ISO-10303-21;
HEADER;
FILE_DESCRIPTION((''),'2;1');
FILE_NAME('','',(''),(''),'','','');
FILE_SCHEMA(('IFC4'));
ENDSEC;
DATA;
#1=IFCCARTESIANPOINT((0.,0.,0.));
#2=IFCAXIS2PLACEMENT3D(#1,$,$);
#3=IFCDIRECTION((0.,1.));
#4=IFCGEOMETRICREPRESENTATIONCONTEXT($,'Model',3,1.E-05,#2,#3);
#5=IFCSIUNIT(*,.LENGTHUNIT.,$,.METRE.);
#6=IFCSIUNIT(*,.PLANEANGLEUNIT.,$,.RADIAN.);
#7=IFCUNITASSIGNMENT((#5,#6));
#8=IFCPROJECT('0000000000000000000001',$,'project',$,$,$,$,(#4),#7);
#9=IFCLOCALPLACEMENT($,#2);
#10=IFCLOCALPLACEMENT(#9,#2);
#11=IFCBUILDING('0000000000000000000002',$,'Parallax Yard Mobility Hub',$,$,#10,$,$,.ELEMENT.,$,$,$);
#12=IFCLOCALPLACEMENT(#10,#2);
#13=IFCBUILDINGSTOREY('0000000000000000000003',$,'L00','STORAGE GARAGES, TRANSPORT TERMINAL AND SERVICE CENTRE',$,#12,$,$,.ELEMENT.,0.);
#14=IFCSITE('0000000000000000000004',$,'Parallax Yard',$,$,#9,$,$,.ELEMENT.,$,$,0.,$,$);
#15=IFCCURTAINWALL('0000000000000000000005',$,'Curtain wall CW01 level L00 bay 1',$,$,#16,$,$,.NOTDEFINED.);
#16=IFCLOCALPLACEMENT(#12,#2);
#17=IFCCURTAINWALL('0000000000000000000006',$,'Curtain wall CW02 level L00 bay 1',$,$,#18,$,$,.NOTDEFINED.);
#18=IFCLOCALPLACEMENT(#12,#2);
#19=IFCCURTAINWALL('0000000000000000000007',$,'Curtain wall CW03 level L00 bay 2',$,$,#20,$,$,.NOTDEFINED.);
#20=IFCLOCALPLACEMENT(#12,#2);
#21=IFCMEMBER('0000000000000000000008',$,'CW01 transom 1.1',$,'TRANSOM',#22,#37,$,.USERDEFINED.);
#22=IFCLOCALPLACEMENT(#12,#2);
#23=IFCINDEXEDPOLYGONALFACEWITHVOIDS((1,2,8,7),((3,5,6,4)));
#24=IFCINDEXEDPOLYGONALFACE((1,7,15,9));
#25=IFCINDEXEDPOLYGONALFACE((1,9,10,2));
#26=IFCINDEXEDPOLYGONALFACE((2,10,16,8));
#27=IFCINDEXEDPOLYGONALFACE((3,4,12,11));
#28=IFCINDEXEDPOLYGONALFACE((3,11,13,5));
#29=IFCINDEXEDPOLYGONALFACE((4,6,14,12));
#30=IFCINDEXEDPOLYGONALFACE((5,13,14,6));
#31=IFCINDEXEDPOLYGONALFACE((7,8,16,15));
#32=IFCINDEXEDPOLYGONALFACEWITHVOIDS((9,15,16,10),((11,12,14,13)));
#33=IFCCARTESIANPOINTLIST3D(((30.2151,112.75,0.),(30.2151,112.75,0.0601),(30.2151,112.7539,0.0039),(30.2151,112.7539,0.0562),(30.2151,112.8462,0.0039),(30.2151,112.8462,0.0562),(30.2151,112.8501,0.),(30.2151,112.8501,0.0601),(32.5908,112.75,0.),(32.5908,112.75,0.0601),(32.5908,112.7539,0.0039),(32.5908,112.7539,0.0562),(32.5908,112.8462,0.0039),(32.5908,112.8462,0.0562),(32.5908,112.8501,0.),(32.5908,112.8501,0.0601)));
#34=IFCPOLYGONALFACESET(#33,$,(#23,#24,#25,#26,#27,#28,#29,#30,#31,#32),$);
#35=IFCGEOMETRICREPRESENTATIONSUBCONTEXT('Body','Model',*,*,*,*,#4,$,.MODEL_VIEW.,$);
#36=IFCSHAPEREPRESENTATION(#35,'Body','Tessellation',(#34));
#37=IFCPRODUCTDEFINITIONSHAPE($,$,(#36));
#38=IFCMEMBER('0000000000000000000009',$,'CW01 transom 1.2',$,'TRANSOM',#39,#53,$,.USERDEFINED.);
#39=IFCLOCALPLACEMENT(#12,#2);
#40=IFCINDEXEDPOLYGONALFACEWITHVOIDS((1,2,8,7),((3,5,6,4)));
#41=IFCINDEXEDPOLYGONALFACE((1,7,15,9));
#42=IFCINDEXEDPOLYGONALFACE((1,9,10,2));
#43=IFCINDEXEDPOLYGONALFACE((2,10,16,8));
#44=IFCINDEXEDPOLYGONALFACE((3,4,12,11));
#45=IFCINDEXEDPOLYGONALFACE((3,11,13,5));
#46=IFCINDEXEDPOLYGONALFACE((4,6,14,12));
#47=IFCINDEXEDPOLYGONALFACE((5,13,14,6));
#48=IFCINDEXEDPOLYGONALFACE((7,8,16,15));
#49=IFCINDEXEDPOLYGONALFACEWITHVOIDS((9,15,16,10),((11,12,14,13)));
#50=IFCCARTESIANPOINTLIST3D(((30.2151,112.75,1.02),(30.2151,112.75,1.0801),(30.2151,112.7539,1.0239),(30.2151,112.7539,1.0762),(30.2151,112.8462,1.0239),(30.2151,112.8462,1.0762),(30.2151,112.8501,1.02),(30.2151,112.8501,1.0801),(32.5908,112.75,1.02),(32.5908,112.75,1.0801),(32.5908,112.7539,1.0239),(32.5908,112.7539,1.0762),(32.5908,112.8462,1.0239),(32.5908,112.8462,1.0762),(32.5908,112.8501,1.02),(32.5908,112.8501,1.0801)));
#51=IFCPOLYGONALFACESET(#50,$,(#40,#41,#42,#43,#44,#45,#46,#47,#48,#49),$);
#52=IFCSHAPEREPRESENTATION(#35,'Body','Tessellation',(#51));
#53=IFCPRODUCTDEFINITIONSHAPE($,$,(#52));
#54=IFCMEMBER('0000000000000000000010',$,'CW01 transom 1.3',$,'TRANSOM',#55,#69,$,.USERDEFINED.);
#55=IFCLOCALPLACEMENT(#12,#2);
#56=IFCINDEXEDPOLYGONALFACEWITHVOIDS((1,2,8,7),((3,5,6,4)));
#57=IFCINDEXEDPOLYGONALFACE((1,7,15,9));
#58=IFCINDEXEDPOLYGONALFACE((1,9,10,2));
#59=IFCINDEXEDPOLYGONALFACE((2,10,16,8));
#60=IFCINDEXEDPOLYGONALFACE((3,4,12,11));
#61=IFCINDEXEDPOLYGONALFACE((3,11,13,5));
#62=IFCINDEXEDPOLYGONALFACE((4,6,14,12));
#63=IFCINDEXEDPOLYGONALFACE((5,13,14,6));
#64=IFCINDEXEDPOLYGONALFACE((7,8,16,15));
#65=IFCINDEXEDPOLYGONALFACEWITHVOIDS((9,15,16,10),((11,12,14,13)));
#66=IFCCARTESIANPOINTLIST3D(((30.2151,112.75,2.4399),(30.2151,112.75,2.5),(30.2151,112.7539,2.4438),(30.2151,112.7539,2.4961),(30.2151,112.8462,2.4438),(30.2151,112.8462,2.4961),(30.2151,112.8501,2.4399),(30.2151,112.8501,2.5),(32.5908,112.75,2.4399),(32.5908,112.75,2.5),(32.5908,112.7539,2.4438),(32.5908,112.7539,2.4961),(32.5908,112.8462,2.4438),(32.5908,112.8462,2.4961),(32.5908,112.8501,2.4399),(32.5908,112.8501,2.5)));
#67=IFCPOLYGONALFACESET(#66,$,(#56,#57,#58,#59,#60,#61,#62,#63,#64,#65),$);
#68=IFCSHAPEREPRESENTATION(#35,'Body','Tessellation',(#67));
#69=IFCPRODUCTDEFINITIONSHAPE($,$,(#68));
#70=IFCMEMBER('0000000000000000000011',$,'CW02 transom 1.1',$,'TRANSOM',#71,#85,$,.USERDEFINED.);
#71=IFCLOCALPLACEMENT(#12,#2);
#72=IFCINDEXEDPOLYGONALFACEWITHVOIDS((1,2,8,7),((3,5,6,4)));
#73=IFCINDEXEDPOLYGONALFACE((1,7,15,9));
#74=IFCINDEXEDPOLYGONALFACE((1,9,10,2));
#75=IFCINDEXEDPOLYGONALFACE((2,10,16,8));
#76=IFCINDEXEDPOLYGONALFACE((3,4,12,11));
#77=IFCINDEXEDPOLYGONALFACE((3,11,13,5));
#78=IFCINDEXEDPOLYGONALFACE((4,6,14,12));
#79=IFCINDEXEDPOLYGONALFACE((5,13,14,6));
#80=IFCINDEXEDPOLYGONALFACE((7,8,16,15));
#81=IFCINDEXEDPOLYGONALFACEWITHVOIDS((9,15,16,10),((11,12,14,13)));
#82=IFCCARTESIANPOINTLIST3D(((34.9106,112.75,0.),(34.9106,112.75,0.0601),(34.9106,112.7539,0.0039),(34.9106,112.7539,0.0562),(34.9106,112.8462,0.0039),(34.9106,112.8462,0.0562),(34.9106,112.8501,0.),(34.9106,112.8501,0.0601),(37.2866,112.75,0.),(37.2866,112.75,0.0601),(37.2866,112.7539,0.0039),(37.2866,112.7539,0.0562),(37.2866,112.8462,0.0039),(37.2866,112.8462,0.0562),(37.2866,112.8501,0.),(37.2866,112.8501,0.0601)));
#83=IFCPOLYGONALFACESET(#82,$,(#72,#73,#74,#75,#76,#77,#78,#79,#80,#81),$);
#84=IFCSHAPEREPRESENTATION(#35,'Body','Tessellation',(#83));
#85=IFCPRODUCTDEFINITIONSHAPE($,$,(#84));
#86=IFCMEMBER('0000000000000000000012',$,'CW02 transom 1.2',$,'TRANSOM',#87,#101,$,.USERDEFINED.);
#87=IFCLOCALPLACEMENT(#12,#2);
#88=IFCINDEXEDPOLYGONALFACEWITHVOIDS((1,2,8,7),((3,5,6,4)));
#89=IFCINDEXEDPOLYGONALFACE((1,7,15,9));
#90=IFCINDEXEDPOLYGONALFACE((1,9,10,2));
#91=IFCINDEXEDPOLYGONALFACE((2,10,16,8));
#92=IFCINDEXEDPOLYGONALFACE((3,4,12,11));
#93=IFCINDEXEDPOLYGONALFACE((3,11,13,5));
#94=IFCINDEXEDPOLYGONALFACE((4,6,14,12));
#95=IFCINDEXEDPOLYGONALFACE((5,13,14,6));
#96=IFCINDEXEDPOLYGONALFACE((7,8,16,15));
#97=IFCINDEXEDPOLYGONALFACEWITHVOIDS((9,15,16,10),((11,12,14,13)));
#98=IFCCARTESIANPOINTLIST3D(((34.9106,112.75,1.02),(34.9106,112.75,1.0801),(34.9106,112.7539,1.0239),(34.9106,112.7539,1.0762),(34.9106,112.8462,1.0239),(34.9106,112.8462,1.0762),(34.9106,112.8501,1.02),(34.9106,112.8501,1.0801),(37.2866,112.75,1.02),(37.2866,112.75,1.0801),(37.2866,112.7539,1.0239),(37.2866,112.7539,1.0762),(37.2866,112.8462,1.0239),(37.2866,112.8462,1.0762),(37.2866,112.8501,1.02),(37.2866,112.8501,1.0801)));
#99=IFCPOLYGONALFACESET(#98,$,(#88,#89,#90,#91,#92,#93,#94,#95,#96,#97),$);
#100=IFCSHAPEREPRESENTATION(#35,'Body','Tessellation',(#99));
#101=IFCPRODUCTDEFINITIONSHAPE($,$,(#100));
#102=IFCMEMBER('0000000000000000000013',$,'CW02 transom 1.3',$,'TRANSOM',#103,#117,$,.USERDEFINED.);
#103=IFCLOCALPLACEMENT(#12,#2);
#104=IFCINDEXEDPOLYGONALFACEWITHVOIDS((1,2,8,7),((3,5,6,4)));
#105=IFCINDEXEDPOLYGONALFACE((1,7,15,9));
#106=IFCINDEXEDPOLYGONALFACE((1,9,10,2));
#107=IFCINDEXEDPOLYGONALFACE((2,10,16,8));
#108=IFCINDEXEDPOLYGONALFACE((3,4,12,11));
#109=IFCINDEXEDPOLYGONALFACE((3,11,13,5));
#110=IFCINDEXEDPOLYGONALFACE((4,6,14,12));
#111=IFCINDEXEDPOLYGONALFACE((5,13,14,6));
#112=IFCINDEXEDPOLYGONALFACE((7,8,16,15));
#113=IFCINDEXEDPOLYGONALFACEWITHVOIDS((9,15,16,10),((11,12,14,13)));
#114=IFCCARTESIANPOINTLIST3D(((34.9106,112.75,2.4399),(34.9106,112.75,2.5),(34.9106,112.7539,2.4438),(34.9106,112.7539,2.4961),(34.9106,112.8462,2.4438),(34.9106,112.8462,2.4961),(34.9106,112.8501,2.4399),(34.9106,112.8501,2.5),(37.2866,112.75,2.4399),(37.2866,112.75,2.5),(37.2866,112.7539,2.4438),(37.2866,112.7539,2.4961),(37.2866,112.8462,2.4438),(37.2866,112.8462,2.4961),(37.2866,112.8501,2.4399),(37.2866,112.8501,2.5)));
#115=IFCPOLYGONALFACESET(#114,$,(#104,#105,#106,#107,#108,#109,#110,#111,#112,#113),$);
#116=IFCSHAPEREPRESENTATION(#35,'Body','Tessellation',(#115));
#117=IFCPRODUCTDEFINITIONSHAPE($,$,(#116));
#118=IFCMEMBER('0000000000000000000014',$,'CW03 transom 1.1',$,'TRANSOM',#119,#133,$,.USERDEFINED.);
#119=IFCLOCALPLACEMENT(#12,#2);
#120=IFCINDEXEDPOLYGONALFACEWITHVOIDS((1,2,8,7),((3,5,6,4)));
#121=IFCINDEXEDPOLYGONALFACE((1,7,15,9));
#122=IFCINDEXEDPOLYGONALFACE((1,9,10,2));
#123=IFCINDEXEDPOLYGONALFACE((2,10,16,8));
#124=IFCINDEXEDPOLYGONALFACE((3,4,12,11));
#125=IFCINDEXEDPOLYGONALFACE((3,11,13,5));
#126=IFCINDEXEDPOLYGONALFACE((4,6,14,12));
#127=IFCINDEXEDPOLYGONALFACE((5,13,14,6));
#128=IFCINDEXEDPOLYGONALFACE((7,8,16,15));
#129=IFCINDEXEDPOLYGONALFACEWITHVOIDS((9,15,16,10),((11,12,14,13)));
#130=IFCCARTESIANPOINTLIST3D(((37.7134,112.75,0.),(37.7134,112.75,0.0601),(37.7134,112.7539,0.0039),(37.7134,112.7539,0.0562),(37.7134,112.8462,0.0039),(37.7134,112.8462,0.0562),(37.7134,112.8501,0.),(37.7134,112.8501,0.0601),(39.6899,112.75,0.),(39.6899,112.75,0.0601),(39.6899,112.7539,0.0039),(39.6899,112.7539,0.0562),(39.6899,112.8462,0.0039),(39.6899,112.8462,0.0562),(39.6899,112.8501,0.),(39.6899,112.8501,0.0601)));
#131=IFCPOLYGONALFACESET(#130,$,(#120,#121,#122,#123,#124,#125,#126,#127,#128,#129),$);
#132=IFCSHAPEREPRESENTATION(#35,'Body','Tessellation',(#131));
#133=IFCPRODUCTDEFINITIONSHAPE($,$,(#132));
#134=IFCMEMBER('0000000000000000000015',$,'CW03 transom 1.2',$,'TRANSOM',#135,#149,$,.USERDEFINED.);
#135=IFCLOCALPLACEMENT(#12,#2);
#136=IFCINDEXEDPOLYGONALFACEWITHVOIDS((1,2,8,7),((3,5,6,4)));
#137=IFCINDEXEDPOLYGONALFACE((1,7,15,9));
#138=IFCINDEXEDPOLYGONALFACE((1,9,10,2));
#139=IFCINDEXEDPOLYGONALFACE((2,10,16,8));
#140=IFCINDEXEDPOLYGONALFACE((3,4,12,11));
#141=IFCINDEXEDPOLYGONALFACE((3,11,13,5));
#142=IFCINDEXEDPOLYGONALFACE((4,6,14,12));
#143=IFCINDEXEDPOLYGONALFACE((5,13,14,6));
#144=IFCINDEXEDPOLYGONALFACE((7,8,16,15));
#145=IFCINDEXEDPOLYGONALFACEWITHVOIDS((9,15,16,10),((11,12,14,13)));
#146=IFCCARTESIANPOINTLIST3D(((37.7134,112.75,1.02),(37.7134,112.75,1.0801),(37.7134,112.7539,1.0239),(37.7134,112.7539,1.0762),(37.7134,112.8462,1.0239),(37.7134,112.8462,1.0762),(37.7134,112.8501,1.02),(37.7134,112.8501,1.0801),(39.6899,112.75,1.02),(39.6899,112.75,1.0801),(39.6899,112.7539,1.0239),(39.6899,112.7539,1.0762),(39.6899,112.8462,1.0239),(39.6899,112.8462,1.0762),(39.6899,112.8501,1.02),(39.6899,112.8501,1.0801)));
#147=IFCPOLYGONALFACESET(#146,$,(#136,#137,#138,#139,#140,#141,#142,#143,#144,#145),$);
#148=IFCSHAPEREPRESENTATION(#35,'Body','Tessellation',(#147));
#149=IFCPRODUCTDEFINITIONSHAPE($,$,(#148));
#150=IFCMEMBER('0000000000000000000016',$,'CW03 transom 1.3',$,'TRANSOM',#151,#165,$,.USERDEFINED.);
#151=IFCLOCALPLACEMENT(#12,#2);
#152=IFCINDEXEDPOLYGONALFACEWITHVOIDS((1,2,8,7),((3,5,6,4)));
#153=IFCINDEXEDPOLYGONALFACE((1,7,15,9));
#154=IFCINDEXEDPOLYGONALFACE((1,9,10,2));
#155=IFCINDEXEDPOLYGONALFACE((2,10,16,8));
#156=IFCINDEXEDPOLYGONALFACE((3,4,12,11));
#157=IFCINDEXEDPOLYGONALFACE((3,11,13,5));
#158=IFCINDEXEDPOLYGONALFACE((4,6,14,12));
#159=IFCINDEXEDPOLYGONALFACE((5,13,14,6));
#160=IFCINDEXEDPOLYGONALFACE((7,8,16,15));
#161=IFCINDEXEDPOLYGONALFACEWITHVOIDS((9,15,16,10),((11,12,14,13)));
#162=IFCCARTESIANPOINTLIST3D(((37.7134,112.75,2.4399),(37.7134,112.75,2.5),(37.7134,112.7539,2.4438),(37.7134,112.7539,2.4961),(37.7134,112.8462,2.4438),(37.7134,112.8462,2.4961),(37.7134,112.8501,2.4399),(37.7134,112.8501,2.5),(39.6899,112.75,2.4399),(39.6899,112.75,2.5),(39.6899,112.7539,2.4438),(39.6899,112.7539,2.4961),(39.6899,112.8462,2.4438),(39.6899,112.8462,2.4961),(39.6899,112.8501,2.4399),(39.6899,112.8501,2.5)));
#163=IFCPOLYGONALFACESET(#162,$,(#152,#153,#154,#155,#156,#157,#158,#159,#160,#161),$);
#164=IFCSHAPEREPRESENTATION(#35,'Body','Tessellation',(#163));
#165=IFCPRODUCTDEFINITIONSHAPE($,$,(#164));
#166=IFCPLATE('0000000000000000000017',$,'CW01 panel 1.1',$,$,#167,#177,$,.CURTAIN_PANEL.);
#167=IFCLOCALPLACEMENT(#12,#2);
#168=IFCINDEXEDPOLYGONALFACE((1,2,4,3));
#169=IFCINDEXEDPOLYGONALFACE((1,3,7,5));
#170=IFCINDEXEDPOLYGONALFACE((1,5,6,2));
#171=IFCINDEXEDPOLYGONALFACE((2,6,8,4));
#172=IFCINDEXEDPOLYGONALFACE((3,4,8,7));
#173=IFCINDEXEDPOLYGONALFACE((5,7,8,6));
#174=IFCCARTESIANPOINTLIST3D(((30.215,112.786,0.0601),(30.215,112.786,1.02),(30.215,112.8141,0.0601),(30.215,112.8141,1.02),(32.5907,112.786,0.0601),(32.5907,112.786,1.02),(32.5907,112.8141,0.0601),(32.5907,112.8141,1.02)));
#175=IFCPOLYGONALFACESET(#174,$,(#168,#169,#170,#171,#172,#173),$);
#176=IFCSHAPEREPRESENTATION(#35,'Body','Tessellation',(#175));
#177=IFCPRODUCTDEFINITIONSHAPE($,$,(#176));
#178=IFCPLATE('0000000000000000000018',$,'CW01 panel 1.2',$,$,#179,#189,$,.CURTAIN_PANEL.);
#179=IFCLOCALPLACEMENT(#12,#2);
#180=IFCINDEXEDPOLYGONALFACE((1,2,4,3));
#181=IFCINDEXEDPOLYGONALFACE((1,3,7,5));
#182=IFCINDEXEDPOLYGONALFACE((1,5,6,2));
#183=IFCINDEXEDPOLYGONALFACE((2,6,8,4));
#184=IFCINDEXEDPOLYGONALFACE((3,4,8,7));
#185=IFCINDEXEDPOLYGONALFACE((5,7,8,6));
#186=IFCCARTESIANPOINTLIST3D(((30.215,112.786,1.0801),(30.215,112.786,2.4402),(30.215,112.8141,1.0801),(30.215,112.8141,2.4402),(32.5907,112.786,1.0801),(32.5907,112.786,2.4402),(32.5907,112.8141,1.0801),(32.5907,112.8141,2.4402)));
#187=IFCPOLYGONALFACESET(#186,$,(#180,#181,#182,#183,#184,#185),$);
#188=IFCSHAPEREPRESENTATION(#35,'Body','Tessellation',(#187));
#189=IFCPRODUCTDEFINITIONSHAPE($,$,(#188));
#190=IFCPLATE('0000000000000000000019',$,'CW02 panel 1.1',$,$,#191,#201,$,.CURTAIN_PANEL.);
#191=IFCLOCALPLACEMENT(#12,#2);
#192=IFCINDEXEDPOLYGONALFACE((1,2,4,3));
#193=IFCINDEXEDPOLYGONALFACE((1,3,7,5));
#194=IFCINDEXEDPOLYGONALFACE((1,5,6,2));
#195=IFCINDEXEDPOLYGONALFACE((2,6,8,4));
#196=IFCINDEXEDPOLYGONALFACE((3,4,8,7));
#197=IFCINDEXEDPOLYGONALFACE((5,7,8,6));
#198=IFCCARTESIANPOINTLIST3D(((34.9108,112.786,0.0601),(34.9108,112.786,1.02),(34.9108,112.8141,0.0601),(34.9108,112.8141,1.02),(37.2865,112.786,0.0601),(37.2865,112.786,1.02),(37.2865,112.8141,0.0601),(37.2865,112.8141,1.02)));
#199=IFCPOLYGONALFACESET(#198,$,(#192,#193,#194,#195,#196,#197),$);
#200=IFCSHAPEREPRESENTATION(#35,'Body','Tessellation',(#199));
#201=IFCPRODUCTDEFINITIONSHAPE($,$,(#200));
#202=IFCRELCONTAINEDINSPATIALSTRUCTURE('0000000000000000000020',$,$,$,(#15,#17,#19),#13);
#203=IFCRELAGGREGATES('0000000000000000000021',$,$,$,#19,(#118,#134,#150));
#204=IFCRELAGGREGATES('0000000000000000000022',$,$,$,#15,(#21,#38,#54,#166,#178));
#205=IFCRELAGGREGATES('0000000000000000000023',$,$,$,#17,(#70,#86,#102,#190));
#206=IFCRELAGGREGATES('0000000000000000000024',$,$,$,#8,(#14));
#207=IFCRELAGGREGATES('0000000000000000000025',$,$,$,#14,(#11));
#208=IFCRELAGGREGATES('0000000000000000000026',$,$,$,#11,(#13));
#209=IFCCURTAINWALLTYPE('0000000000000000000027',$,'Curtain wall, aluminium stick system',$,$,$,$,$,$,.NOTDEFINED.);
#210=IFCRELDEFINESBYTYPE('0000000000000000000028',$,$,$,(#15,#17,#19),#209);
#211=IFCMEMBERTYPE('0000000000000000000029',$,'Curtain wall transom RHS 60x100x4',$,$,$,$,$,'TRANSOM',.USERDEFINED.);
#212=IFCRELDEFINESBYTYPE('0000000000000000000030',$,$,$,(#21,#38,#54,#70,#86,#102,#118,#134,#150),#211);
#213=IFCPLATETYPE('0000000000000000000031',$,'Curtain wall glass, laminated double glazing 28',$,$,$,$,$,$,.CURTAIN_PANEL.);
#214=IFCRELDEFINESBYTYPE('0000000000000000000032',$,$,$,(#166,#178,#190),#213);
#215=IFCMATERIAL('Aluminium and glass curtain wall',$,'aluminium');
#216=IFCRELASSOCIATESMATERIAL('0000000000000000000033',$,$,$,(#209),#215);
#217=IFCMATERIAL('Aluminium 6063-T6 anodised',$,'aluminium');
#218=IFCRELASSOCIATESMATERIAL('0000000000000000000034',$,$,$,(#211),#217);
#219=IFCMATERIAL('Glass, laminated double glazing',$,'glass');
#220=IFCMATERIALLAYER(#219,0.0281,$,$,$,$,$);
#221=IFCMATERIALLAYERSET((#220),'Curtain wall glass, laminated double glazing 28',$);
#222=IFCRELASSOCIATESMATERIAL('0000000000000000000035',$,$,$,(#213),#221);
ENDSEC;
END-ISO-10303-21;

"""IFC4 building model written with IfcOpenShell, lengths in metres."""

from ifc_helpers import new_model, si_unit, direction, frame, origin, origin_2d, place, context, subcontext, project, spatial, rectangle, hollow_rectangle, extrude, material, layer, layer_set, material_profile, profile_set, type_object, element, aggregate, save


model = new_model("IFC4")

# Units and contexts
model_context = context("Model", 3, precision=1e-05, world=origin(), true_north=direction((0.0, 1.0)))
body_context = subcontext(model_context, "Body", "Model", "MODEL_VIEW")
ifc_project = project(units=[si_unit("LENGTHUNIT", "METRE"), si_unit("PLANEANGLEUNIT", "RADIAN")], contexts=[model_context])

# Site, building, storey
site_placement = place(None, origin())
site = spatial("IfcSite", under=ifc_project, at=site_placement, Name="Parallax Yard", CompositionType="ELEMENT", RefElevation=0.0)
building_placement = place(site_placement, origin())
building = spatial("IfcBuilding", under=site, at=building_placement, Name="Parallax Yard Mobility Hub", CompositionType="ELEMENT")
storey_placement = place(building_placement, origin())
storey = spatial("IfcBuildingStorey", under=building, at=storey_placement, Name="L00", Description="STORAGE GARAGES, TRANSPORT TERMINAL AND SERVICE CENTRE", CompositionType="ELEMENT", Elevation=0.0)

# Curtain walls
ifc_material_1 = material(Name="Aluminium and glass curtain wall", Category="aluminium")
curtain_wall_type = type_object("IfcCurtainWallType", Name="Curtain wall, aluminium stick system", PredefinedType="NOTDEFINED", material=ifc_material_1)
curtain_wall_1_placement = place(storey_placement, origin())
curtain_wall_1 = element("IfcCurtainWall", 1, at=curtain_wall_1_placement, inside=storey, type_object=curtain_wall_type, Name="Curtain wall CW01 level L00 bay 1", PredefinedType="NOTDEFINED")
ifc_material_2 = material(Name="Aluminium 6063-T6 anodised", Category="aluminium")
curtain_wall_2_placement = place(storey_placement, origin())
curtain_wall_2 = element("IfcCurtainWall", 2, at=curtain_wall_2_placement, inside=storey, type_object=curtain_wall_type, Name="Curtain wall CW02 level L00 bay 1", PredefinedType="NOTDEFINED")

# Curtain wall
curtain_wall_3_placement = place(storey_placement, origin())
curtain_wall_3 = element("IfcCurtainWall", 3, at=curtain_wall_3_placement, inside=storey, type_object=curtain_wall_type, Name="Curtain wall CW03 level L00 bay 2", PredefinedType="NOTDEFINED")

# Members
ifc_material_profile_1 = material_profile(ifc_material_2, hollow_rectangle(XDim=0.1001, YDim=0.0601, WallThickness=0.0039, at=origin_2d()), Name="RHS 60x100x4")
ifc_profile_set_1 = profile_set([ifc_material_profile_1], Name="Aluminium 6063-T6 anodised")
member_type_1 = type_object("IfcMemberType", Name="Curtain wall transom RHS 60x100x4", ElementType="TRANSOM", PredefinedType="USERDEFINED", material=ifc_profile_set_1)
member_1_placement = place(storey_placement, frame((30.2151, 112.8, 0.03), z_axis=(1.0, 0.0, 0.0), x_axis=(0.0, 1.0, 0.0)))
member_1 = element("IfcMember", 4, at=member_1_placement, type_object=member_type_1, Name="CW01 transom 1.1", ObjectType="TRANSOM", PredefinedType="USERDEFINED", context=body_context, shape_type="SweptSolid", body=[
    extrude(hollow_rectangle(XDim=0.1001, YDim=0.0601, WallThickness=0.0039, at=origin_2d()), origin(), (0.0, 0.0, 1.0), 2.3757),
])
member_2_placement = place(storey_placement, frame((30.2151, 112.8, 1.05), z_axis=(1.0, 0.0, 0.0), x_axis=(0.0, 1.0, 0.0)))
member_2 = element("IfcMember", 5, at=member_2_placement, type_object=member_type_1, Name="CW01 transom 1.2", ObjectType="TRANSOM", PredefinedType="USERDEFINED", context=body_context, shape_type="SweptSolid", body=[
    extrude(hollow_rectangle(XDim=0.1001, YDim=0.0601, WallThickness=0.0039, at=origin_2d()), origin(), (0.0, 0.0, 1.0), 2.3757),
])
member_3_placement = place(storey_placement, frame((30.2151, 112.8, 2.47), z_axis=(1.0, 0.0, 0.0), x_axis=(0.0, 1.0, 0.0)))
member_3 = element("IfcMember", 6, at=member_3_placement, type_object=member_type_1, Name="CW01 transom 1.3", ObjectType="TRANSOM", PredefinedType="USERDEFINED", context=body_context, shape_type="SweptSolid", body=[
    extrude(hollow_rectangle(XDim=0.1001, YDim=0.0601, WallThickness=0.0039, at=origin_2d()), origin(), (0.0, 0.0, 1.0), 2.3757),
])
member_4_placement = place(storey_placement, frame((34.9106, 112.8, 0.03), z_axis=(1.0, 0.0, 0.0), x_axis=(0.0, 1.0, 0.0)))
member_4 = element("IfcMember", 7, at=member_4_placement, type_object=member_type_1, Name="CW02 transom 1.1", ObjectType="TRANSOM", PredefinedType="USERDEFINED", context=body_context, shape_type="SweptSolid", body=[
    extrude(hollow_rectangle(XDim=0.1001, YDim=0.0601, WallThickness=0.0039, at=origin_2d()), origin(), (0.0, 0.0, 1.0), 2.376),
])
member_5_placement = place(storey_placement, frame((34.9106, 112.8, 1.05), z_axis=(1.0, 0.0, 0.0), x_axis=(0.0, 1.0, 0.0)))
member_5 = element("IfcMember", 8, at=member_5_placement, type_object=member_type_1, Name="CW02 transom 1.2", ObjectType="TRANSOM", PredefinedType="USERDEFINED", context=body_context, shape_type="SweptSolid", body=[
    extrude(hollow_rectangle(XDim=0.1001, YDim=0.0601, WallThickness=0.0039, at=origin_2d()), origin(), (0.0, 0.0, 1.0), 2.376),
])
member_6_placement = place(storey_placement, frame((34.9106, 112.8, 2.47), z_axis=(1.0, 0.0, 0.0), x_axis=(0.0, 1.0, 0.0)))
member_6 = element("IfcMember", 9, at=member_6_placement, type_object=member_type_1, Name="CW02 transom 1.3", ObjectType="TRANSOM", PredefinedType="USERDEFINED", context=body_context, shape_type="SweptSolid", body=[
    extrude(hollow_rectangle(XDim=0.1001, YDim=0.0601, WallThickness=0.0039, at=origin_2d()), origin(), (0.0, 0.0, 1.0), 2.376),
])
member_7_placement = place(storey_placement, frame((37.7134, 112.8, 0.03), z_axis=(1.0, 0.0, 0.0), x_axis=(0.0, 1.0, 0.0)))
member_7 = element("IfcMember", 10, at=member_7_placement, type_object=member_type_1, Name="CW03 transom 1.1", ObjectType="TRANSOM", PredefinedType="USERDEFINED", context=body_context, shape_type="SweptSolid", body=[
    extrude(hollow_rectangle(XDim=0.1001, YDim=0.0601, WallThickness=0.0039, at=origin_2d()), origin(), (0.0, 0.0, 1.0), 1.9766),
])
member_8_placement = place(storey_placement, frame((37.7134, 112.8, 1.05), z_axis=(1.0, 0.0, 0.0), x_axis=(0.0, 1.0, 0.0)))
member_8 = element("IfcMember", 11, at=member_8_placement, type_object=member_type_1, Name="CW03 transom 1.2", ObjectType="TRANSOM", PredefinedType="USERDEFINED", context=body_context, shape_type="SweptSolid", body=[
    extrude(hollow_rectangle(XDim=0.1001, YDim=0.0601, WallThickness=0.0039, at=origin_2d()), origin(), (0.0, 0.0, 1.0), 1.9766),
])
member_9_placement = place(storey_placement, frame((37.7134, 112.8, 2.47), z_axis=(1.0, 0.0, 0.0), x_axis=(0.0, 1.0, 0.0)))
member_9 = element("IfcMember", 12, at=member_9_placement, type_object=member_type_1, Name="CW03 transom 1.3", ObjectType="TRANSOM", PredefinedType="USERDEFINED", context=body_context, shape_type="SweptSolid", body=[
    extrude(hollow_rectangle(XDim=0.1001, YDim=0.0601, WallThickness=0.0039, at=origin_2d()), origin(), (0.0, 0.0, 1.0), 1.9766),
])
aggregate(curtain_wall_3, [member_7, member_8, member_9])

# Plates
ifc_material_3 = material(Name="Glass, laminated double glazing", Category="glass")
ifc_layer_1 = layer(ifc_material_3, 0.0281)
ifc_layer_set_1 = layer_set([ifc_layer_1], Name="Curtain wall glass, laminated double glazing 28")
plate_type = type_object("IfcPlateType", Name="Curtain wall glass, laminated double glazing 28", PredefinedType="CURTAIN_PANEL", material=ifc_layer_set_1)
plate_1_placement = place(storey_placement, frame((31.4028, 112.8, 0.0601), z_axis=(0.0, 0.0, 1.0), x_axis=(1.0, 0.0, 0.0)))
plate_1 = element("IfcPlate", 13, at=plate_1_placement, type_object=plate_type, Name="CW01 panel 1.1", PredefinedType="CURTAIN_PANEL", context=body_context, shape_type="SweptSolid", body=[
    extrude(rectangle(XDim=2.3757, YDim=0.0281, at=origin_2d()), origin(), (0.0, 0.0, 1.0), 0.96),
])
plate_2_placement = place(storey_placement, frame((31.4028, 112.8, 1.0801), z_axis=(0.0, 0.0, 1.0), x_axis=(1.0, 0.0, 0.0)))
plate_2 = element("IfcPlate", 14, at=plate_2_placement, type_object=plate_type, Name="CW01 panel 1.2", PredefinedType="CURTAIN_PANEL", context=body_context, shape_type="SweptSolid", body=[
    extrude(rectangle(XDim=2.3757, YDim=0.0281, at=origin_2d()), origin(), (0.0, 0.0, 1.0), 1.3601),
])
aggregate(curtain_wall_1, [member_1, member_2, member_3, plate_1, plate_2])
plate_3_placement = place(storey_placement, frame((36.0986, 112.8, 0.0601), z_axis=(0.0, 0.0, 1.0), x_axis=(1.0, 0.0, 0.0)))
plate_3 = element("IfcPlate", 15, at=plate_3_placement, type_object=plate_type, Name="CW02 panel 1.1", PredefinedType="CURTAIN_PANEL", context=body_context, shape_type="SweptSolid", body=[
    extrude(rectangle(XDim=2.3757, YDim=0.0281, at=origin_2d()), origin(), (0.0, 0.0, 1.0), 0.96),
])
aggregate(curtain_wall_2, [member_4, member_5, member_6, plate_3])

save(model, "model.ifc")
